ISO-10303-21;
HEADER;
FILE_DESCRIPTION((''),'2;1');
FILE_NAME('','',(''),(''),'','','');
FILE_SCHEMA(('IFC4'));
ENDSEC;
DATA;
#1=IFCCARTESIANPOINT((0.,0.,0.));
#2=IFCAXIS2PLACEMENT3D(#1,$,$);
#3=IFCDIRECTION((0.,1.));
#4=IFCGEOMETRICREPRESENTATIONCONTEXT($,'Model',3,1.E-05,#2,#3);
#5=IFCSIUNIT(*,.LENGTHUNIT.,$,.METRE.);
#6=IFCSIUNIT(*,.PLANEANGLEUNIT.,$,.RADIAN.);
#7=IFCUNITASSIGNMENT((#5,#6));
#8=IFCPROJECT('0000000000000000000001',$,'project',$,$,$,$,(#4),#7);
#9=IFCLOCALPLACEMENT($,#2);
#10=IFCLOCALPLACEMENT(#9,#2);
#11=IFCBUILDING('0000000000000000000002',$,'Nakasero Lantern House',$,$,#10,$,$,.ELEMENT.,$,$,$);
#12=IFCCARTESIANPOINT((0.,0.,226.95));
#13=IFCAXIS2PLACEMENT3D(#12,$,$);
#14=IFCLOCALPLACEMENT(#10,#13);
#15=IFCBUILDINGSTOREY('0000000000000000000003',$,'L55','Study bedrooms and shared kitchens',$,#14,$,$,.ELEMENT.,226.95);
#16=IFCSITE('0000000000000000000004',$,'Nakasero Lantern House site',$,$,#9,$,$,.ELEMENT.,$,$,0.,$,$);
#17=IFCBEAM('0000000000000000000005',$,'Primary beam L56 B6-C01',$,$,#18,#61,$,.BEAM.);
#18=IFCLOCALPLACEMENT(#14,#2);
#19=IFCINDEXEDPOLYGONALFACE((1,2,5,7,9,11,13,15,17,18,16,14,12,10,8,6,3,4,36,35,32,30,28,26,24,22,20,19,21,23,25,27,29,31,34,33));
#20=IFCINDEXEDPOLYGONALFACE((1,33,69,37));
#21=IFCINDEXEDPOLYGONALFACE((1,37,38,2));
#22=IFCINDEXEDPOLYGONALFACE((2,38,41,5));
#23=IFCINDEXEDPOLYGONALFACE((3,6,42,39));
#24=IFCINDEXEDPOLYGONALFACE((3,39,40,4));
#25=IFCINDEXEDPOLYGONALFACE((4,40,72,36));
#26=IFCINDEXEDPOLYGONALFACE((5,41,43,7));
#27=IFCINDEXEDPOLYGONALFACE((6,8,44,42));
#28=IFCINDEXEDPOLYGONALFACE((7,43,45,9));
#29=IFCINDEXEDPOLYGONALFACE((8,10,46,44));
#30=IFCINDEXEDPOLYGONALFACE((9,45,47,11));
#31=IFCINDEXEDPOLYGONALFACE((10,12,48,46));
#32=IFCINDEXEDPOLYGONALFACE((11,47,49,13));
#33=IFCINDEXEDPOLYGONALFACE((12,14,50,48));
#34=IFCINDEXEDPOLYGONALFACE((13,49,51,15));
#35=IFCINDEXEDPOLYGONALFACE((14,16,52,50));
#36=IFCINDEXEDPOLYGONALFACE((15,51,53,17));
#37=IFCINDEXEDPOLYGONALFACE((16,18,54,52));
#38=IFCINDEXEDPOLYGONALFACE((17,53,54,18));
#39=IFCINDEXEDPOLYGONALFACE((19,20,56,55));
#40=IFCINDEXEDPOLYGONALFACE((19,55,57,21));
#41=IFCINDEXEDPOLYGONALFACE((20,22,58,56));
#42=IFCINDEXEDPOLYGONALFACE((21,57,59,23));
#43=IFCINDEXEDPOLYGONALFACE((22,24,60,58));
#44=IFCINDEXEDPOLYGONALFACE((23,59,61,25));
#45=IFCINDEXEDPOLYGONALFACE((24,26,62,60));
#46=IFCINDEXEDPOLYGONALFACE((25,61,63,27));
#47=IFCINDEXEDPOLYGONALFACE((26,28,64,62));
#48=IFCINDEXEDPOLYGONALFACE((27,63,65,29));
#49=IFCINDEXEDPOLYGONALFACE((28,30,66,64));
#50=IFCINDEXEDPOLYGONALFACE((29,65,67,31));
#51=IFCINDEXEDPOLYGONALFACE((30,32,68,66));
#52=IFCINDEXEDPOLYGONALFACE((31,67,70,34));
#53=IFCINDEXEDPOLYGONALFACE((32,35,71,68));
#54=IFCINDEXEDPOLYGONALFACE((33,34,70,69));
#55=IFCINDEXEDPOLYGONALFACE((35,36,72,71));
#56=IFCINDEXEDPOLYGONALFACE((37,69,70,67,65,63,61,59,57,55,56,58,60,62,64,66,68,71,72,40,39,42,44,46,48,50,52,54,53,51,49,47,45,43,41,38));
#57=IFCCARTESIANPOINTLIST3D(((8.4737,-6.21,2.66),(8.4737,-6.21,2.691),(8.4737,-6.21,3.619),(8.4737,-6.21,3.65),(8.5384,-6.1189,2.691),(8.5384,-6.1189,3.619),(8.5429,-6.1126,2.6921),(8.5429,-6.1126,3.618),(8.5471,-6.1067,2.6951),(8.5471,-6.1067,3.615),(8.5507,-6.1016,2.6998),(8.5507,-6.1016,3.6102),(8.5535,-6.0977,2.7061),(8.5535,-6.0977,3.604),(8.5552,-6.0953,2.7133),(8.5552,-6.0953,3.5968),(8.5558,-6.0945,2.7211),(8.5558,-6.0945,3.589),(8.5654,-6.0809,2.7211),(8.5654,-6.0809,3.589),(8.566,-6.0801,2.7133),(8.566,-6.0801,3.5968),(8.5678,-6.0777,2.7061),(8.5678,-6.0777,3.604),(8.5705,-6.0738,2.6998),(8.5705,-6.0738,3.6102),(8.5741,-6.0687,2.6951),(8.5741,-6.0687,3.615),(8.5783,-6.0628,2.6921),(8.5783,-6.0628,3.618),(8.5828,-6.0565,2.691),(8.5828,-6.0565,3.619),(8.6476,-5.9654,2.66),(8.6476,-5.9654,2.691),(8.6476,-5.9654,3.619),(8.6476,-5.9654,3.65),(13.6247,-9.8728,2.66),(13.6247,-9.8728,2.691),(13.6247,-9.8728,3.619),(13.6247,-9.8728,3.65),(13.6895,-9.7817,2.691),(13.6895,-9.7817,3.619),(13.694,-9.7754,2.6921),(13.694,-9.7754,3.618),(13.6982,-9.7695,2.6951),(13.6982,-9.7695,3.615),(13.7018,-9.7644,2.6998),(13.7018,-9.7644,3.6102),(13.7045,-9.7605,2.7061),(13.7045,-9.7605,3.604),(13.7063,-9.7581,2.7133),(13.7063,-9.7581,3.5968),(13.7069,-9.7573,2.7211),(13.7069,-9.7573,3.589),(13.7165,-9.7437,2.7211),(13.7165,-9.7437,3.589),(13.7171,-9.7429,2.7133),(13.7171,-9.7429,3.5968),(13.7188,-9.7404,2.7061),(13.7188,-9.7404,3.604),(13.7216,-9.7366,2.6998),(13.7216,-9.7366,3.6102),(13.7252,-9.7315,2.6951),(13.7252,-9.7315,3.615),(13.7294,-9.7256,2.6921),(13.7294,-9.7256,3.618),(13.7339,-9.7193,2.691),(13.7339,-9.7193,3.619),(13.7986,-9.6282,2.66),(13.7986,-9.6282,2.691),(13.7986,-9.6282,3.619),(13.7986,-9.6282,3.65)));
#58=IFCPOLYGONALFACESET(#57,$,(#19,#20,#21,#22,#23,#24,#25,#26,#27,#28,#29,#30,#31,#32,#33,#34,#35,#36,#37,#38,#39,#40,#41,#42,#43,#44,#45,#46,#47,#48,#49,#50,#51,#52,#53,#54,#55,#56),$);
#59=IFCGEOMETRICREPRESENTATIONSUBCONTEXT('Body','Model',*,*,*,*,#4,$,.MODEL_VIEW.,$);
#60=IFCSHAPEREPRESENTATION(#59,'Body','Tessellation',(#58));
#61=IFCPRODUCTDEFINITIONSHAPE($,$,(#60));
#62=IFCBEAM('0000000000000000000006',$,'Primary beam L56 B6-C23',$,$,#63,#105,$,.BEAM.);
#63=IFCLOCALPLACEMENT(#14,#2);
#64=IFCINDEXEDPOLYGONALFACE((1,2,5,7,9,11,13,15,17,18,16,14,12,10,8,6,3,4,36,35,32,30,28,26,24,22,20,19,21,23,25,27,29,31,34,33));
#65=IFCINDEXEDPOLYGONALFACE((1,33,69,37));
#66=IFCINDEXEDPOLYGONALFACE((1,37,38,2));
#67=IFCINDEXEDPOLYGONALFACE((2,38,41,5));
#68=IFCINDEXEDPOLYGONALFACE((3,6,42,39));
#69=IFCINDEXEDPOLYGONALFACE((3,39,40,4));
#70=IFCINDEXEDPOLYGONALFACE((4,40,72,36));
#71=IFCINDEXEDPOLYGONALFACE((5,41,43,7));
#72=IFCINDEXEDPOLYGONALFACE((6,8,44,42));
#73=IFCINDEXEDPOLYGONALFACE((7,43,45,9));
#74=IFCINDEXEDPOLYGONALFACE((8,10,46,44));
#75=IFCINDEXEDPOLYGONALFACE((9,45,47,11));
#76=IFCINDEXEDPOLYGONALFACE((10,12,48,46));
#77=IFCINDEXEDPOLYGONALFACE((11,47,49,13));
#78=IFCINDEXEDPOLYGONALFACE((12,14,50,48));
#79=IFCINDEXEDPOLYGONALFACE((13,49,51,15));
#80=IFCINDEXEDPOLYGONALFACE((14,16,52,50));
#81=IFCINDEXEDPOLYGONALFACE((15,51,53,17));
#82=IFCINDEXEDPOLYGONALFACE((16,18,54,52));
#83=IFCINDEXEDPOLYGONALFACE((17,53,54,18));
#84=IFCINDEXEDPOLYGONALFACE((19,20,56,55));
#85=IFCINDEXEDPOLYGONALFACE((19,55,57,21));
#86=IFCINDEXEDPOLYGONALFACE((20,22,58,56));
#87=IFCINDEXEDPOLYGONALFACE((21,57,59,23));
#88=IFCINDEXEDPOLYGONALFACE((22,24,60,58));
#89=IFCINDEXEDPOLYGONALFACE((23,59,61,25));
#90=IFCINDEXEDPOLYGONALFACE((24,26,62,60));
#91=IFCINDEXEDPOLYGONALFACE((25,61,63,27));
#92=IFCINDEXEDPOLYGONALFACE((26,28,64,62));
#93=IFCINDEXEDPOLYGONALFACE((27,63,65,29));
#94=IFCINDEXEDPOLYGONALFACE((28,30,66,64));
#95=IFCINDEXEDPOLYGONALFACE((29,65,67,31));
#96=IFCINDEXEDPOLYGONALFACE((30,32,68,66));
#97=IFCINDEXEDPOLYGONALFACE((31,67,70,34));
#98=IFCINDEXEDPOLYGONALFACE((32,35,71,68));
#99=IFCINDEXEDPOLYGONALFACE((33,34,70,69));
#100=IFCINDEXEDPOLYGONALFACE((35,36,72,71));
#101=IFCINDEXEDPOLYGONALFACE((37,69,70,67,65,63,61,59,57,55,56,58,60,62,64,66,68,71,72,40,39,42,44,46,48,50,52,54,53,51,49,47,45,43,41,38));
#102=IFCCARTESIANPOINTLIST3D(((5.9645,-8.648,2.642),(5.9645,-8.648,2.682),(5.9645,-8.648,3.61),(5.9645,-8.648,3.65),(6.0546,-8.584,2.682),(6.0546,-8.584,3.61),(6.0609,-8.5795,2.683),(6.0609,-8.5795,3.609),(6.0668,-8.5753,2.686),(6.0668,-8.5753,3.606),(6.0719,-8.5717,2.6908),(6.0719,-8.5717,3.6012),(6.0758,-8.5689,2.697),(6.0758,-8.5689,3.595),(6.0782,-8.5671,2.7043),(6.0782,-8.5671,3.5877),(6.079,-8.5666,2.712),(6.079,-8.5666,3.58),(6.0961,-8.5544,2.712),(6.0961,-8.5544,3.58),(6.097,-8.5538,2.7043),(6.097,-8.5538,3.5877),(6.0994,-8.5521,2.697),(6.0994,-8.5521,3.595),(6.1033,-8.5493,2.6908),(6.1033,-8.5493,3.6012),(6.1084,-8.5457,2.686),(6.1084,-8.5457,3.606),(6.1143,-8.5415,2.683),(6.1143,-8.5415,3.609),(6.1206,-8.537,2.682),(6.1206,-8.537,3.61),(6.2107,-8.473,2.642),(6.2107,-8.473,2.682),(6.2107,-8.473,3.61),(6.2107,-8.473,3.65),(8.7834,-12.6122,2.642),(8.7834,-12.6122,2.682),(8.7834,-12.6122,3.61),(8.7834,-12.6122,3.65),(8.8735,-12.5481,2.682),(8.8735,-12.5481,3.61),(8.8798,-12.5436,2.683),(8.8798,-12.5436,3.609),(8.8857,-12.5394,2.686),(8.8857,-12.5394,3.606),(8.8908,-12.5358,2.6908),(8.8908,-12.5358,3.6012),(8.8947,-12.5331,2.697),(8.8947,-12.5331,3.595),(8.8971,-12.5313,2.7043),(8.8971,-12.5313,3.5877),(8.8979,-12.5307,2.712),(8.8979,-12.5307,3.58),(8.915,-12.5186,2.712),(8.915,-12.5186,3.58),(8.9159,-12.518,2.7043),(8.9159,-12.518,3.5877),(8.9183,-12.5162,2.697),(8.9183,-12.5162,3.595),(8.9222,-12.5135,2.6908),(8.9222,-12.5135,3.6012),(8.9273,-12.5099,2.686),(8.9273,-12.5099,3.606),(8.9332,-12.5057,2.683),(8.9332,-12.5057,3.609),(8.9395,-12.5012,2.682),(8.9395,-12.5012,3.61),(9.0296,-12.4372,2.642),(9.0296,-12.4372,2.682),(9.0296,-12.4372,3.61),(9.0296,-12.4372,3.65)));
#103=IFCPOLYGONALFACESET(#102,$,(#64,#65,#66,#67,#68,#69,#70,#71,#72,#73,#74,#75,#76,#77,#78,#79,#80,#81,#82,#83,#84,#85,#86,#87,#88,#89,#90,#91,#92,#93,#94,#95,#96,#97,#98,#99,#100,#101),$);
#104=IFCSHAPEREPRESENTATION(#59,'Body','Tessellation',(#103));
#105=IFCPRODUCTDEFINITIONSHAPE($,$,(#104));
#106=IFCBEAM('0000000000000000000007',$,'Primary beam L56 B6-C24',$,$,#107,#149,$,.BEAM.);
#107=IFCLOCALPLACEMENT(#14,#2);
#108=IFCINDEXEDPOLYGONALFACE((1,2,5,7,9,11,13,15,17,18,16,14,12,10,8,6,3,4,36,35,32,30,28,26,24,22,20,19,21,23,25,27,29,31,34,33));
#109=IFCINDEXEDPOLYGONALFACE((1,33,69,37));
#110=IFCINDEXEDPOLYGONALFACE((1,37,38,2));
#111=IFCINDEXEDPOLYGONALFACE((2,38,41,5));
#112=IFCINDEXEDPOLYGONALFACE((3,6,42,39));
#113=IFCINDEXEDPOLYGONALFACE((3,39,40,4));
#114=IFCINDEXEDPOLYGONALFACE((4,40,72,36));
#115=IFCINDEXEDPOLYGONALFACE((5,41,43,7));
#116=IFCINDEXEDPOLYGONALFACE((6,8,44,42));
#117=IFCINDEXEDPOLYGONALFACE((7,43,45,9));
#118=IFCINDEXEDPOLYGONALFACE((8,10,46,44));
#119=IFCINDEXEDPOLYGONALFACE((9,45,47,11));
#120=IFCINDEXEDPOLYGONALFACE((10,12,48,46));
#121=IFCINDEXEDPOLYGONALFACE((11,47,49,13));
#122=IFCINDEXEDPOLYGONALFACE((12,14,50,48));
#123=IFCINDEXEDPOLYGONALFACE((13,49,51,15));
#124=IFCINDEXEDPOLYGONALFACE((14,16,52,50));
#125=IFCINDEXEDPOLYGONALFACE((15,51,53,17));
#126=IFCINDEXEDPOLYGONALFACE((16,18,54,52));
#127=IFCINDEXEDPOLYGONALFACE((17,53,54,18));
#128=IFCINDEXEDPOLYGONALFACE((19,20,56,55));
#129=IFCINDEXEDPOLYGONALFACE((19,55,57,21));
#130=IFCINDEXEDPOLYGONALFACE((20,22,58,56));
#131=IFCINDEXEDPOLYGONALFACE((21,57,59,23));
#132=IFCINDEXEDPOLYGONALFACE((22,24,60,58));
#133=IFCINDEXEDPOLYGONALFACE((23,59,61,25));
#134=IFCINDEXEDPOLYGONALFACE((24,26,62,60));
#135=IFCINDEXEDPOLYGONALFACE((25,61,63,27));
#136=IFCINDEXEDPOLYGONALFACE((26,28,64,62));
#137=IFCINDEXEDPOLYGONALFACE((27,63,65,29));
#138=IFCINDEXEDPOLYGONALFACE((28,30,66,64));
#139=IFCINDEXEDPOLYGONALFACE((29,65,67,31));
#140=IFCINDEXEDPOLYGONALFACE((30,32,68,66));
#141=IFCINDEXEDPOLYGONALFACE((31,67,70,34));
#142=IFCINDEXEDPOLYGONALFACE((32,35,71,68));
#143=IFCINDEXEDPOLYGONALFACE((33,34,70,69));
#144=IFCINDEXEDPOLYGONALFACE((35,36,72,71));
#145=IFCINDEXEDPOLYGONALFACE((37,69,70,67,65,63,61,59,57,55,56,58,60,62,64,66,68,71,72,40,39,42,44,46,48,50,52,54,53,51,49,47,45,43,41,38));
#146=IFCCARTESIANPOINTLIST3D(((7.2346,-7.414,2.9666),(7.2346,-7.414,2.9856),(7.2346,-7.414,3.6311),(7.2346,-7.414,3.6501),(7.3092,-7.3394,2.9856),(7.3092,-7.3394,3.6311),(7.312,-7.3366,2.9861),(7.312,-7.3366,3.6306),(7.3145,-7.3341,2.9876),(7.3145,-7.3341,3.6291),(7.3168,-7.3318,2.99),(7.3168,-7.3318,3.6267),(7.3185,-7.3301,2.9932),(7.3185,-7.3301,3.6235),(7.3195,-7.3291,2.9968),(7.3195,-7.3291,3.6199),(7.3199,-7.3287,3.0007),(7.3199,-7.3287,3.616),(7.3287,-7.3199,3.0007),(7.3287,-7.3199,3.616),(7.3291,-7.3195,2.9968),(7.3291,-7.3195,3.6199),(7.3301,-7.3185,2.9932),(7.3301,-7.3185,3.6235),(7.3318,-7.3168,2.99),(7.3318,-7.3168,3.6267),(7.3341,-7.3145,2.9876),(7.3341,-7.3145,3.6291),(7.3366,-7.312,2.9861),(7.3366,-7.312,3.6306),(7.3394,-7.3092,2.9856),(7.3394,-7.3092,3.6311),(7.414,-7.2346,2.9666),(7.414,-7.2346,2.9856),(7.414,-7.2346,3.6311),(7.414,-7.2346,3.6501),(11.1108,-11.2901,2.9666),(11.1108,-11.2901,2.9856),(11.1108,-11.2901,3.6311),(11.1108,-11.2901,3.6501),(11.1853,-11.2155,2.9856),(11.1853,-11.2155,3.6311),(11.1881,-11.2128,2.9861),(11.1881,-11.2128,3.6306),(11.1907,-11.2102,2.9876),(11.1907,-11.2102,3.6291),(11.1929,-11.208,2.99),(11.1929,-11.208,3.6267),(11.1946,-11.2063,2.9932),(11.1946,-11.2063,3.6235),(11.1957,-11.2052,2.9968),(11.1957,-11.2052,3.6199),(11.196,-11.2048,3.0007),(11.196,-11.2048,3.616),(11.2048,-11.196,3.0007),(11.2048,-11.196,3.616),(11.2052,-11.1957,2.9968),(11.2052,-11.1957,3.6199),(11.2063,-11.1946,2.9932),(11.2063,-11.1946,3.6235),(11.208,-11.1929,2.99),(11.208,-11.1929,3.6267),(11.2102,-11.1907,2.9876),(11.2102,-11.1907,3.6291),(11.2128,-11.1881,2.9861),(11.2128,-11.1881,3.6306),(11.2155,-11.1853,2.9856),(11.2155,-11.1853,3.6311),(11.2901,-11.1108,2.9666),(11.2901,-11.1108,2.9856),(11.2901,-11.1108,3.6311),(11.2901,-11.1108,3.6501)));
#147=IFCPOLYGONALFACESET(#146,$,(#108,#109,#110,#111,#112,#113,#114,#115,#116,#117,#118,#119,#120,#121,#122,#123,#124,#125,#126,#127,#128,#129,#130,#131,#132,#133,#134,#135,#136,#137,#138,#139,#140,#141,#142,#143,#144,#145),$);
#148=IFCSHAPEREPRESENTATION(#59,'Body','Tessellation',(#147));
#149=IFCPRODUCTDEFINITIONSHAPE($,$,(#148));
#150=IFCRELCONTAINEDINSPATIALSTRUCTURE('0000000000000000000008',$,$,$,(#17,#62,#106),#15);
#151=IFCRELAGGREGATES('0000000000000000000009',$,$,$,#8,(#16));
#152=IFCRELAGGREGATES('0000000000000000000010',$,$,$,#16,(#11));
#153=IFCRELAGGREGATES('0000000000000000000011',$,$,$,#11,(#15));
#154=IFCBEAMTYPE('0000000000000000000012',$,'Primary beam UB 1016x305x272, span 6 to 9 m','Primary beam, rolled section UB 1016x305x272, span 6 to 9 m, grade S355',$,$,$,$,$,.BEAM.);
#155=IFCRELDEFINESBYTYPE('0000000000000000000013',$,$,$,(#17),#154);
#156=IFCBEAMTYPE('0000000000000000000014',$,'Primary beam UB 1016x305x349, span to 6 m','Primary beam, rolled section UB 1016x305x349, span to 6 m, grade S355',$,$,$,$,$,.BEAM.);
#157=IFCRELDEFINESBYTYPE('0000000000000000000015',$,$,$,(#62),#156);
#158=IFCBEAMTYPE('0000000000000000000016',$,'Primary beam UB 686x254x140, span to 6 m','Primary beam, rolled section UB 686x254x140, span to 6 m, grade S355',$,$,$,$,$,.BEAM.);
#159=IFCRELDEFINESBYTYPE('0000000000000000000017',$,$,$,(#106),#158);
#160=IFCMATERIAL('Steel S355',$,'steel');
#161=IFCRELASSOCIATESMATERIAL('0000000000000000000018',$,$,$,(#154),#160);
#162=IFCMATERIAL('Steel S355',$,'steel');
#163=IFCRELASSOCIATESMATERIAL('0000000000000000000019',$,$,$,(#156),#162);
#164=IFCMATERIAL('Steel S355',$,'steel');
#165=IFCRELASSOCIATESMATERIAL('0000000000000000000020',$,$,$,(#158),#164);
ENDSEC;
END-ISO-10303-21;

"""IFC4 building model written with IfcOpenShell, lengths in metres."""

from ifc_helpers import new_model, si_unit, direction, frame, origin, origin_2d, place, context, subcontext, project, spatial, i_section, extrude, material, material_profile, profile_set, type_object, element, save


model = new_model("IFC4")

# Units and contexts
model_context = context("Model", 3, precision=1e-05, world=origin(), true_north=direction((0.0, 1.0)))
body_context = subcontext(model_context, "Body", "Model", "MODEL_VIEW")
ifc_project = project(units=[si_unit("LENGTHUNIT", "METRE"), si_unit("PLANEANGLEUNIT", "RADIAN")], contexts=[model_context])

# Site, building, storey
site_placement = place(None, origin())
site = spatial("IfcSite", under=ifc_project, at=site_placement, Name="Nakasero Lantern House site", CompositionType="ELEMENT", RefElevation=0.0)
building_placement = place(site_placement, origin())
building = spatial("IfcBuilding", under=site, at=building_placement, Name="Nakasero Lantern House", CompositionType="ELEMENT")
storey_placement = place(building_placement, frame((0.0, 0.0, 226.95)))
storey = spatial("IfcBuildingStorey", under=building, at=storey_placement, Name="L55", Description="Study bedrooms and shared kitchens", CompositionType="ELEMENT", Elevation=226.95)

# Beams
ifc_material_1 = material(Name="Steel S355", Category="steel")
ifc_material_profile_1 = material_profile(ifc_material_1, i_section(OverallWidth=0.3, OverallDepth=0.99, WebThickness=0.0166, FlangeThickness=0.031, FilletRadius=0.03, at=origin_2d()), Name="UB 1016x305x272")
ifc_profile_set_1 = profile_set([ifc_material_profile_1], Name="Steel S355")
beam_type_1 = type_object("IfcBeamType", Name="Primary beam UB 1016x305x272, span 6 to 9 m", Description="Primary beam, rolled section UB 1016x305x272, span 6 to 9 m, grade S355", PredefinedType="BEAM", material=ifc_profile_set_1)
beam_1_placement = place(storey_placement, frame((13.7117, -9.7505, 3.155), z_axis=(-0.814969, 0.579505, 0.0), x_axis=(-0.579505, -0.814969, 0.0)))
element("IfcBeam", 1, at=beam_1_placement, inside=storey, type_object=beam_type_1, Name="Primary beam L56 B6-C01", PredefinedType="BEAM", context=body_context, shape_type="SweptSolid", body=[
    extrude(i_section(OverallWidth=0.3, OverallDepth=0.99, WebThickness=0.0166, FlangeThickness=0.031, FilletRadius=0.03, at=origin_2d()), origin(), (0.0, 0.0, 1.0), 6.3206),
])
ifc_material_2 = material(Name="Steel S355", Category="steel")
ifc_material_profile_2 = material_profile(ifc_material_2, i_section(OverallWidth=0.302, OverallDepth=1.0081, WebThickness=0.021, FlangeThickness=0.04, FilletRadius=0.03, at=origin_2d()), Name="UB 1016x305x349")
ifc_profile_set_2 = profile_set([ifc_material_profile_2], Name="Steel S355")
beam_type_2 = type_object("IfcBeamType", Name="Primary beam UB 1016x305x349, span to 6 m", Description="Primary beam, rolled section UB 1016x305x349, span to 6 m, grade S355", PredefinedType="BEAM", material=ifc_profile_set_2)
beam_2_placement = place(storey_placement, frame((8.9065, -12.5247, 3.146), z_axis=(-0.579513, 0.814963, 0.0), x_axis=(-0.814963, -0.579513, 0.0)))
element("IfcBeam", 2, at=beam_2_placement, inside=storey, type_object=beam_type_2, Name="Primary beam L56 B6-C23", PredefinedType="BEAM", context=body_context, shape_type="SweptSolid", body=[
    extrude(i_section(OverallWidth=0.302, OverallDepth=1.0081, WebThickness=0.021, FlangeThickness=0.04, FilletRadius=0.03, at=origin_2d()), origin(), (0.0, 0.0, 1.0), 4.8643),
])
ifc_material_3 = material(Name="Steel S355", Category="steel")
ifc_material_profile_3 = material_profile(ifc_material_3, i_section(OverallWidth=0.2537, OverallDepth=0.6836, WebThickness=0.0125, FlangeThickness=0.019, FilletRadius=0.0151, at=origin_2d()), Name="UB 686x254x140")
ifc_profile_set_3 = profile_set([ifc_material_profile_3], Name="Steel S355")
beam_type_3 = type_object("IfcBeamType", Name="Primary beam UB 686x254x140, span to 6 m", Description="Primary beam, rolled section UB 686x254x140, span to 6 m, grade S355", PredefinedType="BEAM", material=ifc_profile_set_3)
beam_3_placement = place(storey_placement, frame((11.2004, -11.2004, 3.3083), z_axis=(-0.707107, 0.707107, 0.0), x_axis=(-0.707107, -0.707107, 0.0)))
element("IfcBeam", 3, at=beam_3_placement, inside=storey, type_object=beam_type_3, Name="Primary beam L56 B6-C24", PredefinedType="BEAM", context=body_context, shape_type="SweptSolid", body=[
    extrude(i_section(OverallWidth=0.2537, OverallDepth=0.6836, WebThickness=0.0125, FlangeThickness=0.019, FilletRadius=0.0151, at=origin_2d()), origin(), (0.0, 0.0, 1.0), 5.4817),
])

save(model, "model.ifc")
